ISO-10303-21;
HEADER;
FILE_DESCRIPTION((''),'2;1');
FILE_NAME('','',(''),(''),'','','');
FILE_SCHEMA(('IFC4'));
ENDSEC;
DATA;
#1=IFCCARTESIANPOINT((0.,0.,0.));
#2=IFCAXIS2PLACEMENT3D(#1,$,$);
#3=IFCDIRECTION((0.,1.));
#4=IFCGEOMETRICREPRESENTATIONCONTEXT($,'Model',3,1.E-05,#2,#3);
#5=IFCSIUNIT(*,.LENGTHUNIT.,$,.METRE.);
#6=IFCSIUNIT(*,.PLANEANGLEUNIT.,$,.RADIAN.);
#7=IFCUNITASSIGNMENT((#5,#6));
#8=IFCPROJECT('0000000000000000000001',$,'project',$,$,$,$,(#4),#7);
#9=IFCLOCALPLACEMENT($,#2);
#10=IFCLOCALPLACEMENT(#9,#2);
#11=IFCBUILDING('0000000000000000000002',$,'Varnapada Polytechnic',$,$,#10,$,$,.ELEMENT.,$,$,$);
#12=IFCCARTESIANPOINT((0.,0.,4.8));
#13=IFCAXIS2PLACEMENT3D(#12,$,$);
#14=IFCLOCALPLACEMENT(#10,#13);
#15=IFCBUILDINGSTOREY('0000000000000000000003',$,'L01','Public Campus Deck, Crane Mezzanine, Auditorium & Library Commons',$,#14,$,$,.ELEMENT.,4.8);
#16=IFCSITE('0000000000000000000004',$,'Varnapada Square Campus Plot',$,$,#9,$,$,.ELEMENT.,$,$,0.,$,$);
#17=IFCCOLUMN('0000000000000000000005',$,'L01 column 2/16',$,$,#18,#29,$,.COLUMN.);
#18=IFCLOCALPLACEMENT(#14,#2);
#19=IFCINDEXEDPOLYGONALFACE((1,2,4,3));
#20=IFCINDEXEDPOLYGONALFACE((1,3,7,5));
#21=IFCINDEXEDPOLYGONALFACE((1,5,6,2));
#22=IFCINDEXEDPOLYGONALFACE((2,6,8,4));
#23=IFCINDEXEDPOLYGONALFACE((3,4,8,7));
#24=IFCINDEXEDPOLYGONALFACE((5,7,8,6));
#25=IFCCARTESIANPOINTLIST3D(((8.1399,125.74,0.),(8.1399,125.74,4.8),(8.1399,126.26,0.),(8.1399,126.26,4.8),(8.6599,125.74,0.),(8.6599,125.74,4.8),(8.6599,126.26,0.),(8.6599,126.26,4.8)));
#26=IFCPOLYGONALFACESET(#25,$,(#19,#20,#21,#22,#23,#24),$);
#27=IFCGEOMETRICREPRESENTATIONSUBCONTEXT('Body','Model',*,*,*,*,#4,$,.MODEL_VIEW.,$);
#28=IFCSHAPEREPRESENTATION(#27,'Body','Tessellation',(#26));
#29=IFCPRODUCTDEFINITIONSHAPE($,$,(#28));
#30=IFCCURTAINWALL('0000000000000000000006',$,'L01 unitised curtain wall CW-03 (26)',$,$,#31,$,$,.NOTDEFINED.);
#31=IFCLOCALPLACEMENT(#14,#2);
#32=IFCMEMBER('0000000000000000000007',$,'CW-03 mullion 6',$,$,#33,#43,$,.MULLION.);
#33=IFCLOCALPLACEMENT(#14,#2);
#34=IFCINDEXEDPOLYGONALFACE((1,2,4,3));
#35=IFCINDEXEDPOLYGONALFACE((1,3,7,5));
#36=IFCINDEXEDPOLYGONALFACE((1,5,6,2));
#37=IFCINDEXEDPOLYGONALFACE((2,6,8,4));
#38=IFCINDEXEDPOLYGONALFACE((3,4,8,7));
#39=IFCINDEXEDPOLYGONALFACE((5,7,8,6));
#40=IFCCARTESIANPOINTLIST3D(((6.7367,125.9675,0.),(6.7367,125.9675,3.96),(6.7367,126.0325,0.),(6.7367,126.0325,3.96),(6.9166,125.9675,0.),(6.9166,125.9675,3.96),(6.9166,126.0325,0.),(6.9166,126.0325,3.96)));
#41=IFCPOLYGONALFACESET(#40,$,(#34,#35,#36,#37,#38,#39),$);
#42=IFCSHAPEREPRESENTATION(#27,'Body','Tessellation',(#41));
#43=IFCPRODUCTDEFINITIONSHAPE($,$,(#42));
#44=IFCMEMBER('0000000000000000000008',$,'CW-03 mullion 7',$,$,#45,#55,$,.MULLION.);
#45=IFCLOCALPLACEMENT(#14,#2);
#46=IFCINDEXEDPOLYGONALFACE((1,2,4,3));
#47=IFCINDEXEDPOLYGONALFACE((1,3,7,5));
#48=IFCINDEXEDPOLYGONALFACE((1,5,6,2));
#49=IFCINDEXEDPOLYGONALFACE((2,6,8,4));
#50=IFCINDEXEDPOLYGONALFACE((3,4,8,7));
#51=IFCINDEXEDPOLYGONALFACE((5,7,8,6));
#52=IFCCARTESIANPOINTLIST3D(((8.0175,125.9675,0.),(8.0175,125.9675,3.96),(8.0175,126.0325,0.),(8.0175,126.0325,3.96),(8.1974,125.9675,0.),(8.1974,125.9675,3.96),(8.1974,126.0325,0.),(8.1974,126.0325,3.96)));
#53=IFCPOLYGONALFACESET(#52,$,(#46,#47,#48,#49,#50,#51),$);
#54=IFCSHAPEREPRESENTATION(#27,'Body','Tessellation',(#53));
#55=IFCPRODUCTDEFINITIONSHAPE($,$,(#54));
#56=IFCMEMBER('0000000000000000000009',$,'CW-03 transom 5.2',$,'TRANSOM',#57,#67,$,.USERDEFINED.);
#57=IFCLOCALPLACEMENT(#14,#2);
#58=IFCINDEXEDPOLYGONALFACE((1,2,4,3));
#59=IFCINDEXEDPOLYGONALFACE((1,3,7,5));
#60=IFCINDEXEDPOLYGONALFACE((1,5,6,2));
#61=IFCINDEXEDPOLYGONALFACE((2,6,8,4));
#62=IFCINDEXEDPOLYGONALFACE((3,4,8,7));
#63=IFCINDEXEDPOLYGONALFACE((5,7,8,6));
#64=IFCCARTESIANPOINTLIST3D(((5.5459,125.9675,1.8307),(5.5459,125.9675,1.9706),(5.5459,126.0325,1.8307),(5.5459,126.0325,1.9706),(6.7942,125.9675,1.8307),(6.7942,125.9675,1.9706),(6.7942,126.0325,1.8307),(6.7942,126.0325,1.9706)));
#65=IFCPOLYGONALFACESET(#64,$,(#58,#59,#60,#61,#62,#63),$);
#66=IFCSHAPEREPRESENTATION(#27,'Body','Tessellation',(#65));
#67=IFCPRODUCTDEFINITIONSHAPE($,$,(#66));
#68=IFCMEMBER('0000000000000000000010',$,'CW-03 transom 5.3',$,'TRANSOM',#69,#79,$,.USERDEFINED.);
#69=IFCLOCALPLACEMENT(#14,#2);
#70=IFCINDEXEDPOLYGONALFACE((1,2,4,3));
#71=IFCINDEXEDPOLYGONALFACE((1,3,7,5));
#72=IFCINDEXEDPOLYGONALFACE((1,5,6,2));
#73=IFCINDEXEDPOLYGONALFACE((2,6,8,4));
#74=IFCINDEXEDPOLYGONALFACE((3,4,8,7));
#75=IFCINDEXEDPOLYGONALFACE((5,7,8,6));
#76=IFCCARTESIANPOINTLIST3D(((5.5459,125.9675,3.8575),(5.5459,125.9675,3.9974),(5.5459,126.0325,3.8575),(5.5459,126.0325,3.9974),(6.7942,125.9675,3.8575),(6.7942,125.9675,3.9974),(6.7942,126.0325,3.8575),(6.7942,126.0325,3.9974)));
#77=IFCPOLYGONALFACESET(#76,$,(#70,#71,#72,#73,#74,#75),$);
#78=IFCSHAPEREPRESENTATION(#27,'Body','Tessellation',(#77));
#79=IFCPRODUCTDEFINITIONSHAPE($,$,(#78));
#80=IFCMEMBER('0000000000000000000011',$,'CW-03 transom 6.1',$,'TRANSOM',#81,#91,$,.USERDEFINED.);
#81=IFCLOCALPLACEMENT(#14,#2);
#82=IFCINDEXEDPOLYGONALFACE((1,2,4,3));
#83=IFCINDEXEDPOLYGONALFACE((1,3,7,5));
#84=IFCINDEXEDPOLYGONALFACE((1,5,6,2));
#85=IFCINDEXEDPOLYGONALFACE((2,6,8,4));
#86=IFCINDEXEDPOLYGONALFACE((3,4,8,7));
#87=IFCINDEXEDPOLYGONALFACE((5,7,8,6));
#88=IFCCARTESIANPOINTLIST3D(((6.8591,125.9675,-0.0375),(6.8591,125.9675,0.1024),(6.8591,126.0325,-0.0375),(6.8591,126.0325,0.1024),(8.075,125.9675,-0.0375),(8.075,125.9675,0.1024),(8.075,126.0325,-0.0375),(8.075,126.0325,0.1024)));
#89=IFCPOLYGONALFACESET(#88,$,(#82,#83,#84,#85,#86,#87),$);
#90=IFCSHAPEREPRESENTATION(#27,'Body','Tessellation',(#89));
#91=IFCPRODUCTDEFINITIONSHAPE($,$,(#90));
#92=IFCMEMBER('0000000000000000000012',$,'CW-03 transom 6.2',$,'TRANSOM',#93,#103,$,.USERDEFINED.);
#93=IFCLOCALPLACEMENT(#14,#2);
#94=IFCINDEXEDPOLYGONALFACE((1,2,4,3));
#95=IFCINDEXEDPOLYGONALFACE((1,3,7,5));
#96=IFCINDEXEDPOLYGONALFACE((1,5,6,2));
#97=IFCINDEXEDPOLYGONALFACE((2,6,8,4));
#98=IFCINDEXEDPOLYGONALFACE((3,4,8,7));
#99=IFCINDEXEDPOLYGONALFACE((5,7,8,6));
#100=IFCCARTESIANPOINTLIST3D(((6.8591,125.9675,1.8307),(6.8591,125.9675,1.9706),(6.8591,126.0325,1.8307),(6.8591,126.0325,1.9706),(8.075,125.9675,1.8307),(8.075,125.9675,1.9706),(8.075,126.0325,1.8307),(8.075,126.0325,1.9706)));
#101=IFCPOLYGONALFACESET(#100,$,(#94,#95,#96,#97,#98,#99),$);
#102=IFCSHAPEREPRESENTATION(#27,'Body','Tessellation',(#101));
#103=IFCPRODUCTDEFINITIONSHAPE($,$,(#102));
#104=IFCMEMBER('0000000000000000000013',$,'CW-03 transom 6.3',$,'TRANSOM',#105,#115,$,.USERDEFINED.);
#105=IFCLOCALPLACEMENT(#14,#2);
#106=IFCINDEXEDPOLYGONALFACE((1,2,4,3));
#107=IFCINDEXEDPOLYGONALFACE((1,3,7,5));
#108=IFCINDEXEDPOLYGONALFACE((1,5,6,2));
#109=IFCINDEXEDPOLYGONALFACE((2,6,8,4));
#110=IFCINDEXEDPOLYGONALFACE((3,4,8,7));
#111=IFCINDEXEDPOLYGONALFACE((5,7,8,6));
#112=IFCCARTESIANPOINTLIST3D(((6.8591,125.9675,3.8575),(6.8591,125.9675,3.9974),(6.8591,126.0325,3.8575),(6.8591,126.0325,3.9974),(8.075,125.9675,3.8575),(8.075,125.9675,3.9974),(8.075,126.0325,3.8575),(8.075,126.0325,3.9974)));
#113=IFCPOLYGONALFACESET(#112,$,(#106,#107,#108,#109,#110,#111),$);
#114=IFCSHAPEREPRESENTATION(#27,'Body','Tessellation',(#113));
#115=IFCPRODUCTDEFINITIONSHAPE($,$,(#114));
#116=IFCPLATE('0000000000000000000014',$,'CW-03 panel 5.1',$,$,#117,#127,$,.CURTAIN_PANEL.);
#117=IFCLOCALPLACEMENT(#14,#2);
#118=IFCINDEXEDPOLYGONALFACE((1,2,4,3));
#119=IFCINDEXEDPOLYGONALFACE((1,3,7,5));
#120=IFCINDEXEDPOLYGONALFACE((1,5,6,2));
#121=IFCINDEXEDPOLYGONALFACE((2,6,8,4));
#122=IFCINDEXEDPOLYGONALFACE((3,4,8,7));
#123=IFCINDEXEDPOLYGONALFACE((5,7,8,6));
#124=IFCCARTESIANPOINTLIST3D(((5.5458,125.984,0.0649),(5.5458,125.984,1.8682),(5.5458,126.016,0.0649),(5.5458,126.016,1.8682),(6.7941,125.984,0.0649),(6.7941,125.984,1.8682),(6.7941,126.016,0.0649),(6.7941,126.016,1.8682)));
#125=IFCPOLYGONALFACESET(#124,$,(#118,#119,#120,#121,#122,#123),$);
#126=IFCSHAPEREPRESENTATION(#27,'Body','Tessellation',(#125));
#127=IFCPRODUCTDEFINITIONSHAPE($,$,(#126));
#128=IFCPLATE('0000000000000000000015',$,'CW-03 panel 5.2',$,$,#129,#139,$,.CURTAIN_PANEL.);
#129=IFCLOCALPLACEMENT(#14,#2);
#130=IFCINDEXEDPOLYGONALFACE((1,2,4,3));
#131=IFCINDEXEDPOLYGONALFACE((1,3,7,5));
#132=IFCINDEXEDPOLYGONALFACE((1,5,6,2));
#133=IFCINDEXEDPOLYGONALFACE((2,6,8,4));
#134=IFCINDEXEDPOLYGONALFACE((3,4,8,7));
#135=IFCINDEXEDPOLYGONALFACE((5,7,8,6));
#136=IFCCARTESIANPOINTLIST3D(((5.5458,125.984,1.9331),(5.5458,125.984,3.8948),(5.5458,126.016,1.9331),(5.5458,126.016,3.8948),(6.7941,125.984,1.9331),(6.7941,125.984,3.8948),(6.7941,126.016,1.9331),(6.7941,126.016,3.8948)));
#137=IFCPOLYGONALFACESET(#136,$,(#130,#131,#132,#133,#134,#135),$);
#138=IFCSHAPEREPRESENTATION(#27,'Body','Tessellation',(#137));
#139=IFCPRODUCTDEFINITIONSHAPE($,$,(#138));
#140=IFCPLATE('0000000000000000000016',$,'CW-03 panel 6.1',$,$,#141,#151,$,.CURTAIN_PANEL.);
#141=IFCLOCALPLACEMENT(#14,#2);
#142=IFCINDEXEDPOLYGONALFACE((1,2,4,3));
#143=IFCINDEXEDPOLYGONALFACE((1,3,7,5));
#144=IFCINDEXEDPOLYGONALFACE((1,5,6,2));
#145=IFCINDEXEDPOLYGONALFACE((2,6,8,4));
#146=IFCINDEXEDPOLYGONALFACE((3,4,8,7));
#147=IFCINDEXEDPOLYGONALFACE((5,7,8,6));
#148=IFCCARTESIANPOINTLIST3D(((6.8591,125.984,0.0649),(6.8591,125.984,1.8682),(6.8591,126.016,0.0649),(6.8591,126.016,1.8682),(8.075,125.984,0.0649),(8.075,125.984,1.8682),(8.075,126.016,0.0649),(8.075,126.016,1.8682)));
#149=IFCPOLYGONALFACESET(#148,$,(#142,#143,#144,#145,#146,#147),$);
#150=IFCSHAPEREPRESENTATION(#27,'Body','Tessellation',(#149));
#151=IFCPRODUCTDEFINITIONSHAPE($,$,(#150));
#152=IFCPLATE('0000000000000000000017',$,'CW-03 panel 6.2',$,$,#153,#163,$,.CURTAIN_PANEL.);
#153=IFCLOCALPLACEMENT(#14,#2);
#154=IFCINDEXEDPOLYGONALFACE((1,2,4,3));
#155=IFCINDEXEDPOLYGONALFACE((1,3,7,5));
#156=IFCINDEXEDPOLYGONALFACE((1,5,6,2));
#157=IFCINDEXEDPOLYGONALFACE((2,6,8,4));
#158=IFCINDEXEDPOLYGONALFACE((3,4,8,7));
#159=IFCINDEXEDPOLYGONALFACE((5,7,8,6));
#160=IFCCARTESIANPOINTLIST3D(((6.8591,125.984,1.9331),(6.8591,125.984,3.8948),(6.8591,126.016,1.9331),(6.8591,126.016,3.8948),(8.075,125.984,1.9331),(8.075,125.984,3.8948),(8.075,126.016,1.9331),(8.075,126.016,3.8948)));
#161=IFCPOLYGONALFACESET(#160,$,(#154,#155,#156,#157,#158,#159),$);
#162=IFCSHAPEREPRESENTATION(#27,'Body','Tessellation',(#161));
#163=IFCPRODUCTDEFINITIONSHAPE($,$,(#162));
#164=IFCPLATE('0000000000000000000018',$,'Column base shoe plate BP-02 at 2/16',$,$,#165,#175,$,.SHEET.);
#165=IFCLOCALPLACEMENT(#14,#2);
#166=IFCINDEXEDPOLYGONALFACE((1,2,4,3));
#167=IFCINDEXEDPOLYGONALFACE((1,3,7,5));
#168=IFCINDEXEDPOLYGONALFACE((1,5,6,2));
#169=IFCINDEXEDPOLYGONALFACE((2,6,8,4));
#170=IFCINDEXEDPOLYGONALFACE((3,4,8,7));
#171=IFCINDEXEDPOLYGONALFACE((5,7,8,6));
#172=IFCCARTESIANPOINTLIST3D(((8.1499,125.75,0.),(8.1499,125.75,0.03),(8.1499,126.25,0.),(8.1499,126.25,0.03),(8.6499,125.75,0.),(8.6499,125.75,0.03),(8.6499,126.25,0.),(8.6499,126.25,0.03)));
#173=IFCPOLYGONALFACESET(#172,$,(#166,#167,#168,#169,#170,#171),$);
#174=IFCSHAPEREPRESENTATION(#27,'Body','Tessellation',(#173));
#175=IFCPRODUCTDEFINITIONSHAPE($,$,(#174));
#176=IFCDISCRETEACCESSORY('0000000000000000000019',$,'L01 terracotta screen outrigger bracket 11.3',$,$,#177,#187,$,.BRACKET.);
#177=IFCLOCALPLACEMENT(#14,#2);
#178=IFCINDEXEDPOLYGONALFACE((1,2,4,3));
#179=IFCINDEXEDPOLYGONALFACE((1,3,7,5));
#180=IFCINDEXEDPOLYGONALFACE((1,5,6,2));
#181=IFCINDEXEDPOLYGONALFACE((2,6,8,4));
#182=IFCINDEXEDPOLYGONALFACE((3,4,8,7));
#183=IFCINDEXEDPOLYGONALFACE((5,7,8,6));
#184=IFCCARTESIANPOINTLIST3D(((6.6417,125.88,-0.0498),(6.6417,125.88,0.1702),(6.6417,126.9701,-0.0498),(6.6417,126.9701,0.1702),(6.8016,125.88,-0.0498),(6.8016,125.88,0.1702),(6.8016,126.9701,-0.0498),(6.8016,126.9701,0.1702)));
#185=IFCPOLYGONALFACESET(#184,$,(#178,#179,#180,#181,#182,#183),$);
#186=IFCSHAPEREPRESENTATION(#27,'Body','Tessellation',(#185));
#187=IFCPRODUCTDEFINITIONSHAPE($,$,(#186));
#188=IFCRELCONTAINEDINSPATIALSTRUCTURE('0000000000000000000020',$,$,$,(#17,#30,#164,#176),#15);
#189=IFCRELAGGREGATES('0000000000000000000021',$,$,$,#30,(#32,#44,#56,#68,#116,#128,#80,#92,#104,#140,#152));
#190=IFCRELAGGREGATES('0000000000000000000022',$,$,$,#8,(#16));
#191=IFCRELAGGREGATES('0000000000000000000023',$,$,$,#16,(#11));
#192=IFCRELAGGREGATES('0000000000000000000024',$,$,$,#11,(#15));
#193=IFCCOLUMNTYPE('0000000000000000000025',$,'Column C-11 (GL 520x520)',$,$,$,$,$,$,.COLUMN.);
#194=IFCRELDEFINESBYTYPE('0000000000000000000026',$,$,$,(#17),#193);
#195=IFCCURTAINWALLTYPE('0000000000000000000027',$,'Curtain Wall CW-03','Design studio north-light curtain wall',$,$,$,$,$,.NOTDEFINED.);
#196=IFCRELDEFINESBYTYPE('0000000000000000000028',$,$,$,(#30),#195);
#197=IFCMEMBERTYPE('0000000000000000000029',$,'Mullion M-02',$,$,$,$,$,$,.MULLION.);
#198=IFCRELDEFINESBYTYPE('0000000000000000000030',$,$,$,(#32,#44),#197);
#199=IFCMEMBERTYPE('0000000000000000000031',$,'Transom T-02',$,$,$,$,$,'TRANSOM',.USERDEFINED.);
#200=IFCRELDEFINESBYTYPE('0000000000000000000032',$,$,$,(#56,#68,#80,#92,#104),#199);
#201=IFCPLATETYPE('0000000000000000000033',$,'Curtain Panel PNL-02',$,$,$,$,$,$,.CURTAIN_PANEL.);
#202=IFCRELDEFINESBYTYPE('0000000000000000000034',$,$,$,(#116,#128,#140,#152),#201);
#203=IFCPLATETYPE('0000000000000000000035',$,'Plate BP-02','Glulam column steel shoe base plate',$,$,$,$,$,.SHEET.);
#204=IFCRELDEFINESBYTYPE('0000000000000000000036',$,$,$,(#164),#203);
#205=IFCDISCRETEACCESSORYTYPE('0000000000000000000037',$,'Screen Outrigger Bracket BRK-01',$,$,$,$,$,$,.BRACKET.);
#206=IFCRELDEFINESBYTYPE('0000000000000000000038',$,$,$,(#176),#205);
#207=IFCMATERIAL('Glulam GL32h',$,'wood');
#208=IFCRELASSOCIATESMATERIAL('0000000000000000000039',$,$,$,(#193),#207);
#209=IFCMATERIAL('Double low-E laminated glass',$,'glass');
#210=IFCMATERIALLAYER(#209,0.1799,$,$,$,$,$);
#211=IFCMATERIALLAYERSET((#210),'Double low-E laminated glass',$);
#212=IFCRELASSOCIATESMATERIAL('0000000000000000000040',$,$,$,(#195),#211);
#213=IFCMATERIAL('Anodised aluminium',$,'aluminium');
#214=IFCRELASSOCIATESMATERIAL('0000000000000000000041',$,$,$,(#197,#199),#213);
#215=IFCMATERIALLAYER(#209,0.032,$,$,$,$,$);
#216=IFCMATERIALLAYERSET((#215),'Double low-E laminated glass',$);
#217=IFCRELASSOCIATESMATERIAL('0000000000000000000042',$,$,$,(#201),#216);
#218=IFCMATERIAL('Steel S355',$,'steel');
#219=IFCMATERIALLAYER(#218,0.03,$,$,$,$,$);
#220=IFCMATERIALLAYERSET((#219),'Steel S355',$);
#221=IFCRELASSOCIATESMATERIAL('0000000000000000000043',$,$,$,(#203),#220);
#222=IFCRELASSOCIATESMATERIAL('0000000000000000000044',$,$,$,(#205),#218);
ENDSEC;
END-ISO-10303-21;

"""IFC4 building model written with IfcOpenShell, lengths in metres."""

from ifc_helpers import new_model, si_unit, direction, frame, origin, origin_2d, place, context, subcontext, project, spatial, rectangle, extrude, material, layer, layer_set, material_profile, profile_set, type_object, element, aggregate, save


model = new_model("IFC4")

# Units and contexts
model_context = context("Model", 3, precision=1e-05, world=origin(), true_north=direction((0.0, 1.0)))
body_context = subcontext(model_context, "Body", "Model", "MODEL_VIEW")
ifc_project = project(units=[si_unit("LENGTHUNIT", "METRE"), si_unit("PLANEANGLEUNIT", "RADIAN")], contexts=[model_context])

# Site, building, storey
site_placement = place(None, origin())
site = spatial("IfcSite", under=ifc_project, at=site_placement, Name="Varnapada Square Campus Plot", CompositionType="ELEMENT", RefElevation=0.0)
building_placement = place(site_placement, origin())
building = spatial("IfcBuilding", under=site, at=building_placement, Name="Varnapada Polytechnic", CompositionType="ELEMENT")
storey_placement = place(building_placement, frame((0.0, 0.0, 4.8)))
storey = spatial("IfcBuildingStorey", under=building, at=storey_placement, Name="L01", Description="Public Campus Deck, Crane Mezzanine, Auditorium & Library Commons", CompositionType="ELEMENT", Elevation=4.8)

# Column
ifc_material_1 = material(Name="Glulam GL32h", Category="wood")
ifc_material_profile_1 = material_profile(ifc_material_1, rectangle(XDim=0.52, YDim=0.52, at=origin_2d()), Name="GL 520x520")
ifc_profile_set_1 = profile_set([ifc_material_profile_1], Name="Glulam GL32h")
column_type = type_object("IfcColumnType", Name="Column C-11 (GL 520x520)", PredefinedType="COLUMN", material=ifc_profile_set_1)
column_placement = place(storey_placement, frame((8.3999, 126.0, 0.0), z_axis=(0.0, 0.0, 1.0), x_axis=(1.0, 0.0, 0.0)))
element("IfcColumn", 1, at=column_placement, inside=storey, type_object=column_type, Name="L01 column 2/16", PredefinedType="COLUMN", context=body_context, shape_type="SweptSolid", body=[
    extrude(rectangle(XDim=0.52, YDim=0.52, at=origin_2d()), origin(), (0.0, 0.0, 1.0), 4.8),
])

# Curtain wall, members, plates
ifc_material_2 = material(Name="Double low-E laminated glass", Category="glass")
ifc_layer_1 = layer(ifc_material_2, 0.1799)
ifc_layer_set_1 = layer_set([ifc_layer_1], Name="Double low-E laminated glass")
curtain_wall_type = type_object("IfcCurtainWallType", Name="Curtain Wall CW-03", Description="Design studio north-light curtain wall", PredefinedType="NOTDEFINED", material=ifc_layer_set_1)
curtain_wall_placement = place(storey_placement, origin())
curtain_wall = element("IfcCurtainWall", 2, at=curtain_wall_placement, inside=storey, type_object=curtain_wall_type, Name="L01 unitised curtain wall CW-03 (26)", PredefinedType="NOTDEFINED")
ifc_material_3 = material(Name="Anodised aluminium", Category="aluminium")
ifc_material_profile_2 = material_profile(ifc_material_3, rectangle(XDim=0.0649, YDim=0.1799, at=origin_2d()), Name="ALU M65x180")
ifc_profile_set_2 = profile_set([ifc_material_profile_2], Name="Anodised aluminium")
member_type_1 = type_object("IfcMemberType", Name="Mullion M-02", PredefinedType="MULLION", material=ifc_profile_set_2)
member_1_placement = place(storey_placement, frame((6.8267, 126.0, 0.0), z_axis=(0.0, 0.0, 1.0), x_axis=(0.0, 1.0, 0.0)))
member_1 = element("IfcMember", 3, at=member_1_placement, type_object=member_type_1, Name="CW-03 mullion 6", PredefinedType="MULLION", context=body_context, shape_type="SweptSolid", body=[
    extrude(rectangle(XDim=0.0649, YDim=0.1799, at=origin_2d()), origin(), (0.0, 0.0, 1.0), 3.96),
])
member_2_placement = place(storey_placement, frame((8.1074, 126.0, 0.0), z_axis=(0.0, 0.0, 1.0), x_axis=(0.0, 1.0, 0.0)))
member_2 = element("IfcMember", 4, at=member_2_placement, type_object=member_type_1, Name="CW-03 mullion 7", PredefinedType="MULLION", context=body_context, shape_type="SweptSolid", body=[
    extrude(rectangle(XDim=0.0649, YDim=0.1799, at=origin_2d()), origin(), (0.0, 0.0, 1.0), 3.96),
])
ifc_material_profile_3 = material_profile(ifc_material_3, rectangle(XDim=0.0649, YDim=0.1399, at=origin_2d()), Name="ALU T65x140")
ifc_profile_set_3 = profile_set([ifc_material_profile_3], Name="Anodised aluminium")
member_type_2 = type_object("IfcMemberType", Name="Transom T-02", ElementType="TRANSOM", PredefinedType="USERDEFINED", material=ifc_profile_set_3)
member_3_placement = place(storey_placement, frame((5.5459, 126.0, 1.9006), z_axis=(1.0, 0.0, 0.0), x_axis=(0.0, 1.0, 0.0)))
member_3 = element("IfcMember", 5, at=member_3_placement, type_object=member_type_2, Name="CW-03 transom 5.2", ObjectType="TRANSOM", PredefinedType="USERDEFINED", context=body_context, shape_type="SweptSolid", body=[
    extrude(rectangle(XDim=0.0649, YDim=0.1399, at=origin_2d()), origin(), (0.0, 0.0, 1.0), 1.2483),
])
member_4_placement = place(storey_placement, frame((5.5459, 126.0, 3.9275), z_axis=(1.0, 0.0, 0.0), x_axis=(0.0, 1.0, 0.0)))
member_4 = element("IfcMember", 6, at=member_4_placement, type_object=member_type_2, Name="CW-03 transom 5.3", ObjectType="TRANSOM", PredefinedType="USERDEFINED", context=body_context, shape_type="SweptSolid", body=[
    extrude(rectangle(XDim=0.0649, YDim=0.1399, at=origin_2d()), origin(), (0.0, 0.0, 1.0), 1.2483),
])
member_5_placement = place(storey_placement, frame((6.8591, 126.0, 0.0325), z_axis=(1.0, 0.0, 0.0), x_axis=(0.0, 1.0, 0.0)))
member_5 = element("IfcMember", 7, at=member_5_placement, type_object=member_type_2, Name="CW-03 transom 6.1", ObjectType="TRANSOM", PredefinedType="USERDEFINED", context=body_context, shape_type="SweptSolid", body=[
    extrude(rectangle(XDim=0.0649, YDim=0.1399, at=origin_2d()), origin(), (0.0, 0.0, 1.0), 1.2158),
])
member_6_placement = place(storey_placement, frame((6.8591, 126.0, 1.9006), z_axis=(1.0, 0.0, 0.0), x_axis=(0.0, 1.0, 0.0)))
member_6 = element("IfcMember", 8, at=member_6_placement, type_object=member_type_2, Name="CW-03 transom 6.2", ObjectType="TRANSOM", PredefinedType="USERDEFINED", context=body_context, shape_type="SweptSolid", body=[
    extrude(rectangle(XDim=0.0649, YDim=0.1399, at=origin_2d()), origin(), (0.0, 0.0, 1.0), 1.2158),
])
member_7_placement = place(storey_placement, frame((6.8591, 126.0, 3.9275), z_axis=(1.0, 0.0, 0.0), x_axis=(0.0, 1.0, 0.0)))
member_7 = element("IfcMember", 9, at=member_7_placement, type_object=member_type_2, Name="CW-03 transom 6.3", ObjectType="TRANSOM", PredefinedType="USERDEFINED", context=body_context, shape_type="SweptSolid", body=[
    extrude(rectangle(XDim=0.0649, YDim=0.1399, at=origin_2d()), origin(), (0.0, 0.0, 1.0), 1.2158),
])
ifc_layer_2 = layer(ifc_material_2, 0.032)
ifc_layer_set_2 = layer_set([ifc_layer_2], Name="Double low-E laminated glass")
plate_type_1 = type_object("IfcPlateType", Name="Curtain Panel PNL-02", PredefinedType="CURTAIN_PANEL", material=ifc_layer_set_2)
plate_1_placement = place(storey_placement, frame((6.1699, 126.0, 0.0649), z_axis=(0.0, 0.0, 1.0), x_axis=(1.0, 0.0, 0.0)))
plate_1 = element("IfcPlate", 10, at=plate_1_placement, type_object=plate_type_1, Name="CW-03 panel 5.1", PredefinedType="CURTAIN_PANEL", context=body_context, shape_type="SweptSolid", body=[
    extrude(rectangle(XDim=1.2483, YDim=0.032, at=origin_2d()), origin(), (0.0, 0.0, 1.0), 1.8032),
])
plate_2_placement = place(storey_placement, frame((6.1699, 126.0, 1.9331), z_axis=(0.0, 0.0, 1.0), x_axis=(1.0, 0.0, 0.0)))
plate_2 = element("IfcPlate", 11, at=plate_2_placement, type_object=plate_type_1, Name="CW-03 panel 5.2", PredefinedType="CURTAIN_PANEL", context=body_context, shape_type="SweptSolid", body=[
    extrude(rectangle(XDim=1.2483, YDim=0.032, at=origin_2d()), origin(), (0.0, 0.0, 1.0), 1.9617),
])
plate_3_placement = place(storey_placement, frame((7.467, 126.0, 0.0649), z_axis=(0.0, 0.0, 1.0), x_axis=(1.0, 0.0, 0.0)))
plate_3 = element("IfcPlate", 12, at=plate_3_placement, type_object=plate_type_1, Name="CW-03 panel 6.1", PredefinedType="CURTAIN_PANEL", context=body_context, shape_type="SweptSolid", body=[
    extrude(rectangle(XDim=1.2158, YDim=0.032, at=origin_2d()), origin(), (0.0, 0.0, 1.0), 1.8032),
])
plate_4_placement = place(storey_placement, frame((7.467, 126.0, 1.9331), z_axis=(0.0, 0.0, 1.0), x_axis=(1.0, 0.0, 0.0)))
plate_4 = element("IfcPlate", 13, at=plate_4_placement, type_object=plate_type_1, Name="CW-03 panel 6.2", PredefinedType="CURTAIN_PANEL", context=body_context, shape_type="SweptSolid", body=[
    extrude(rectangle(XDim=1.2158, YDim=0.032, at=origin_2d()), origin(), (0.0, 0.0, 1.0), 1.9617),
])
aggregate(curtain_wall, [member_1, member_2, member_3, member_4, plate_1, plate_2, member_5, member_6, member_7, plate_3, plate_4])

# Plate
ifc_material_4 = material(Name="Steel S355", Category="steel")
ifc_layer_3 = layer(ifc_material_4, 0.03)
ifc_layer_set_3 = layer_set([ifc_layer_3], Name="Steel S355")
plate_type_2 = type_object("IfcPlateType", Name="Plate BP-02", Description="Glulam column steel shoe base plate", PredefinedType="SHEET", material=ifc_layer_set_3)
plate_5_placement = place(storey_placement, frame((8.3999, 126.0, 0.0), z_axis=(0.0, 0.0, 1.0), x_axis=(1.0, 0.0, 0.0)))
element("IfcPlate", 14, at=plate_5_placement, inside=storey, type_object=plate_type_2, Name="Column base shoe plate BP-02 at 2/16", PredefinedType="SHEET", context=body_context, shape_type="SweptSolid", body=[
    extrude(rectangle(XDim=0.5, YDim=0.5, at=origin_2d()), origin(), (0.0, 0.0, 1.0), 0.03),
])

# Discrete accessory
discrete_accessory_type = type_object("IfcDiscreteAccessoryType", Name="Screen Outrigger Bracket BRK-01", PredefinedType="BRACKET", material=ifc_material_4)
discrete_accessory_placement = place(storey_placement, frame((6.7217, 126.425, -0.0498), z_axis=(0.0, 0.0, 1.0), x_axis=(1.0, 0.0, 0.0)))
element("IfcDiscreteAccessory", 15, at=discrete_accessory_placement, inside=storey, type_object=discrete_accessory_type, Name="L01 terracotta screen outrigger bracket 11.3", PredefinedType="BRACKET", context=body_context, shape_type="SweptSolid", body=[
    extrude(rectangle(XDim=0.1599, YDim=1.0901, at=origin_2d()), origin(), (0.0, 0.0, 1.0), 0.22),
])

save(model, "model.ifc")
